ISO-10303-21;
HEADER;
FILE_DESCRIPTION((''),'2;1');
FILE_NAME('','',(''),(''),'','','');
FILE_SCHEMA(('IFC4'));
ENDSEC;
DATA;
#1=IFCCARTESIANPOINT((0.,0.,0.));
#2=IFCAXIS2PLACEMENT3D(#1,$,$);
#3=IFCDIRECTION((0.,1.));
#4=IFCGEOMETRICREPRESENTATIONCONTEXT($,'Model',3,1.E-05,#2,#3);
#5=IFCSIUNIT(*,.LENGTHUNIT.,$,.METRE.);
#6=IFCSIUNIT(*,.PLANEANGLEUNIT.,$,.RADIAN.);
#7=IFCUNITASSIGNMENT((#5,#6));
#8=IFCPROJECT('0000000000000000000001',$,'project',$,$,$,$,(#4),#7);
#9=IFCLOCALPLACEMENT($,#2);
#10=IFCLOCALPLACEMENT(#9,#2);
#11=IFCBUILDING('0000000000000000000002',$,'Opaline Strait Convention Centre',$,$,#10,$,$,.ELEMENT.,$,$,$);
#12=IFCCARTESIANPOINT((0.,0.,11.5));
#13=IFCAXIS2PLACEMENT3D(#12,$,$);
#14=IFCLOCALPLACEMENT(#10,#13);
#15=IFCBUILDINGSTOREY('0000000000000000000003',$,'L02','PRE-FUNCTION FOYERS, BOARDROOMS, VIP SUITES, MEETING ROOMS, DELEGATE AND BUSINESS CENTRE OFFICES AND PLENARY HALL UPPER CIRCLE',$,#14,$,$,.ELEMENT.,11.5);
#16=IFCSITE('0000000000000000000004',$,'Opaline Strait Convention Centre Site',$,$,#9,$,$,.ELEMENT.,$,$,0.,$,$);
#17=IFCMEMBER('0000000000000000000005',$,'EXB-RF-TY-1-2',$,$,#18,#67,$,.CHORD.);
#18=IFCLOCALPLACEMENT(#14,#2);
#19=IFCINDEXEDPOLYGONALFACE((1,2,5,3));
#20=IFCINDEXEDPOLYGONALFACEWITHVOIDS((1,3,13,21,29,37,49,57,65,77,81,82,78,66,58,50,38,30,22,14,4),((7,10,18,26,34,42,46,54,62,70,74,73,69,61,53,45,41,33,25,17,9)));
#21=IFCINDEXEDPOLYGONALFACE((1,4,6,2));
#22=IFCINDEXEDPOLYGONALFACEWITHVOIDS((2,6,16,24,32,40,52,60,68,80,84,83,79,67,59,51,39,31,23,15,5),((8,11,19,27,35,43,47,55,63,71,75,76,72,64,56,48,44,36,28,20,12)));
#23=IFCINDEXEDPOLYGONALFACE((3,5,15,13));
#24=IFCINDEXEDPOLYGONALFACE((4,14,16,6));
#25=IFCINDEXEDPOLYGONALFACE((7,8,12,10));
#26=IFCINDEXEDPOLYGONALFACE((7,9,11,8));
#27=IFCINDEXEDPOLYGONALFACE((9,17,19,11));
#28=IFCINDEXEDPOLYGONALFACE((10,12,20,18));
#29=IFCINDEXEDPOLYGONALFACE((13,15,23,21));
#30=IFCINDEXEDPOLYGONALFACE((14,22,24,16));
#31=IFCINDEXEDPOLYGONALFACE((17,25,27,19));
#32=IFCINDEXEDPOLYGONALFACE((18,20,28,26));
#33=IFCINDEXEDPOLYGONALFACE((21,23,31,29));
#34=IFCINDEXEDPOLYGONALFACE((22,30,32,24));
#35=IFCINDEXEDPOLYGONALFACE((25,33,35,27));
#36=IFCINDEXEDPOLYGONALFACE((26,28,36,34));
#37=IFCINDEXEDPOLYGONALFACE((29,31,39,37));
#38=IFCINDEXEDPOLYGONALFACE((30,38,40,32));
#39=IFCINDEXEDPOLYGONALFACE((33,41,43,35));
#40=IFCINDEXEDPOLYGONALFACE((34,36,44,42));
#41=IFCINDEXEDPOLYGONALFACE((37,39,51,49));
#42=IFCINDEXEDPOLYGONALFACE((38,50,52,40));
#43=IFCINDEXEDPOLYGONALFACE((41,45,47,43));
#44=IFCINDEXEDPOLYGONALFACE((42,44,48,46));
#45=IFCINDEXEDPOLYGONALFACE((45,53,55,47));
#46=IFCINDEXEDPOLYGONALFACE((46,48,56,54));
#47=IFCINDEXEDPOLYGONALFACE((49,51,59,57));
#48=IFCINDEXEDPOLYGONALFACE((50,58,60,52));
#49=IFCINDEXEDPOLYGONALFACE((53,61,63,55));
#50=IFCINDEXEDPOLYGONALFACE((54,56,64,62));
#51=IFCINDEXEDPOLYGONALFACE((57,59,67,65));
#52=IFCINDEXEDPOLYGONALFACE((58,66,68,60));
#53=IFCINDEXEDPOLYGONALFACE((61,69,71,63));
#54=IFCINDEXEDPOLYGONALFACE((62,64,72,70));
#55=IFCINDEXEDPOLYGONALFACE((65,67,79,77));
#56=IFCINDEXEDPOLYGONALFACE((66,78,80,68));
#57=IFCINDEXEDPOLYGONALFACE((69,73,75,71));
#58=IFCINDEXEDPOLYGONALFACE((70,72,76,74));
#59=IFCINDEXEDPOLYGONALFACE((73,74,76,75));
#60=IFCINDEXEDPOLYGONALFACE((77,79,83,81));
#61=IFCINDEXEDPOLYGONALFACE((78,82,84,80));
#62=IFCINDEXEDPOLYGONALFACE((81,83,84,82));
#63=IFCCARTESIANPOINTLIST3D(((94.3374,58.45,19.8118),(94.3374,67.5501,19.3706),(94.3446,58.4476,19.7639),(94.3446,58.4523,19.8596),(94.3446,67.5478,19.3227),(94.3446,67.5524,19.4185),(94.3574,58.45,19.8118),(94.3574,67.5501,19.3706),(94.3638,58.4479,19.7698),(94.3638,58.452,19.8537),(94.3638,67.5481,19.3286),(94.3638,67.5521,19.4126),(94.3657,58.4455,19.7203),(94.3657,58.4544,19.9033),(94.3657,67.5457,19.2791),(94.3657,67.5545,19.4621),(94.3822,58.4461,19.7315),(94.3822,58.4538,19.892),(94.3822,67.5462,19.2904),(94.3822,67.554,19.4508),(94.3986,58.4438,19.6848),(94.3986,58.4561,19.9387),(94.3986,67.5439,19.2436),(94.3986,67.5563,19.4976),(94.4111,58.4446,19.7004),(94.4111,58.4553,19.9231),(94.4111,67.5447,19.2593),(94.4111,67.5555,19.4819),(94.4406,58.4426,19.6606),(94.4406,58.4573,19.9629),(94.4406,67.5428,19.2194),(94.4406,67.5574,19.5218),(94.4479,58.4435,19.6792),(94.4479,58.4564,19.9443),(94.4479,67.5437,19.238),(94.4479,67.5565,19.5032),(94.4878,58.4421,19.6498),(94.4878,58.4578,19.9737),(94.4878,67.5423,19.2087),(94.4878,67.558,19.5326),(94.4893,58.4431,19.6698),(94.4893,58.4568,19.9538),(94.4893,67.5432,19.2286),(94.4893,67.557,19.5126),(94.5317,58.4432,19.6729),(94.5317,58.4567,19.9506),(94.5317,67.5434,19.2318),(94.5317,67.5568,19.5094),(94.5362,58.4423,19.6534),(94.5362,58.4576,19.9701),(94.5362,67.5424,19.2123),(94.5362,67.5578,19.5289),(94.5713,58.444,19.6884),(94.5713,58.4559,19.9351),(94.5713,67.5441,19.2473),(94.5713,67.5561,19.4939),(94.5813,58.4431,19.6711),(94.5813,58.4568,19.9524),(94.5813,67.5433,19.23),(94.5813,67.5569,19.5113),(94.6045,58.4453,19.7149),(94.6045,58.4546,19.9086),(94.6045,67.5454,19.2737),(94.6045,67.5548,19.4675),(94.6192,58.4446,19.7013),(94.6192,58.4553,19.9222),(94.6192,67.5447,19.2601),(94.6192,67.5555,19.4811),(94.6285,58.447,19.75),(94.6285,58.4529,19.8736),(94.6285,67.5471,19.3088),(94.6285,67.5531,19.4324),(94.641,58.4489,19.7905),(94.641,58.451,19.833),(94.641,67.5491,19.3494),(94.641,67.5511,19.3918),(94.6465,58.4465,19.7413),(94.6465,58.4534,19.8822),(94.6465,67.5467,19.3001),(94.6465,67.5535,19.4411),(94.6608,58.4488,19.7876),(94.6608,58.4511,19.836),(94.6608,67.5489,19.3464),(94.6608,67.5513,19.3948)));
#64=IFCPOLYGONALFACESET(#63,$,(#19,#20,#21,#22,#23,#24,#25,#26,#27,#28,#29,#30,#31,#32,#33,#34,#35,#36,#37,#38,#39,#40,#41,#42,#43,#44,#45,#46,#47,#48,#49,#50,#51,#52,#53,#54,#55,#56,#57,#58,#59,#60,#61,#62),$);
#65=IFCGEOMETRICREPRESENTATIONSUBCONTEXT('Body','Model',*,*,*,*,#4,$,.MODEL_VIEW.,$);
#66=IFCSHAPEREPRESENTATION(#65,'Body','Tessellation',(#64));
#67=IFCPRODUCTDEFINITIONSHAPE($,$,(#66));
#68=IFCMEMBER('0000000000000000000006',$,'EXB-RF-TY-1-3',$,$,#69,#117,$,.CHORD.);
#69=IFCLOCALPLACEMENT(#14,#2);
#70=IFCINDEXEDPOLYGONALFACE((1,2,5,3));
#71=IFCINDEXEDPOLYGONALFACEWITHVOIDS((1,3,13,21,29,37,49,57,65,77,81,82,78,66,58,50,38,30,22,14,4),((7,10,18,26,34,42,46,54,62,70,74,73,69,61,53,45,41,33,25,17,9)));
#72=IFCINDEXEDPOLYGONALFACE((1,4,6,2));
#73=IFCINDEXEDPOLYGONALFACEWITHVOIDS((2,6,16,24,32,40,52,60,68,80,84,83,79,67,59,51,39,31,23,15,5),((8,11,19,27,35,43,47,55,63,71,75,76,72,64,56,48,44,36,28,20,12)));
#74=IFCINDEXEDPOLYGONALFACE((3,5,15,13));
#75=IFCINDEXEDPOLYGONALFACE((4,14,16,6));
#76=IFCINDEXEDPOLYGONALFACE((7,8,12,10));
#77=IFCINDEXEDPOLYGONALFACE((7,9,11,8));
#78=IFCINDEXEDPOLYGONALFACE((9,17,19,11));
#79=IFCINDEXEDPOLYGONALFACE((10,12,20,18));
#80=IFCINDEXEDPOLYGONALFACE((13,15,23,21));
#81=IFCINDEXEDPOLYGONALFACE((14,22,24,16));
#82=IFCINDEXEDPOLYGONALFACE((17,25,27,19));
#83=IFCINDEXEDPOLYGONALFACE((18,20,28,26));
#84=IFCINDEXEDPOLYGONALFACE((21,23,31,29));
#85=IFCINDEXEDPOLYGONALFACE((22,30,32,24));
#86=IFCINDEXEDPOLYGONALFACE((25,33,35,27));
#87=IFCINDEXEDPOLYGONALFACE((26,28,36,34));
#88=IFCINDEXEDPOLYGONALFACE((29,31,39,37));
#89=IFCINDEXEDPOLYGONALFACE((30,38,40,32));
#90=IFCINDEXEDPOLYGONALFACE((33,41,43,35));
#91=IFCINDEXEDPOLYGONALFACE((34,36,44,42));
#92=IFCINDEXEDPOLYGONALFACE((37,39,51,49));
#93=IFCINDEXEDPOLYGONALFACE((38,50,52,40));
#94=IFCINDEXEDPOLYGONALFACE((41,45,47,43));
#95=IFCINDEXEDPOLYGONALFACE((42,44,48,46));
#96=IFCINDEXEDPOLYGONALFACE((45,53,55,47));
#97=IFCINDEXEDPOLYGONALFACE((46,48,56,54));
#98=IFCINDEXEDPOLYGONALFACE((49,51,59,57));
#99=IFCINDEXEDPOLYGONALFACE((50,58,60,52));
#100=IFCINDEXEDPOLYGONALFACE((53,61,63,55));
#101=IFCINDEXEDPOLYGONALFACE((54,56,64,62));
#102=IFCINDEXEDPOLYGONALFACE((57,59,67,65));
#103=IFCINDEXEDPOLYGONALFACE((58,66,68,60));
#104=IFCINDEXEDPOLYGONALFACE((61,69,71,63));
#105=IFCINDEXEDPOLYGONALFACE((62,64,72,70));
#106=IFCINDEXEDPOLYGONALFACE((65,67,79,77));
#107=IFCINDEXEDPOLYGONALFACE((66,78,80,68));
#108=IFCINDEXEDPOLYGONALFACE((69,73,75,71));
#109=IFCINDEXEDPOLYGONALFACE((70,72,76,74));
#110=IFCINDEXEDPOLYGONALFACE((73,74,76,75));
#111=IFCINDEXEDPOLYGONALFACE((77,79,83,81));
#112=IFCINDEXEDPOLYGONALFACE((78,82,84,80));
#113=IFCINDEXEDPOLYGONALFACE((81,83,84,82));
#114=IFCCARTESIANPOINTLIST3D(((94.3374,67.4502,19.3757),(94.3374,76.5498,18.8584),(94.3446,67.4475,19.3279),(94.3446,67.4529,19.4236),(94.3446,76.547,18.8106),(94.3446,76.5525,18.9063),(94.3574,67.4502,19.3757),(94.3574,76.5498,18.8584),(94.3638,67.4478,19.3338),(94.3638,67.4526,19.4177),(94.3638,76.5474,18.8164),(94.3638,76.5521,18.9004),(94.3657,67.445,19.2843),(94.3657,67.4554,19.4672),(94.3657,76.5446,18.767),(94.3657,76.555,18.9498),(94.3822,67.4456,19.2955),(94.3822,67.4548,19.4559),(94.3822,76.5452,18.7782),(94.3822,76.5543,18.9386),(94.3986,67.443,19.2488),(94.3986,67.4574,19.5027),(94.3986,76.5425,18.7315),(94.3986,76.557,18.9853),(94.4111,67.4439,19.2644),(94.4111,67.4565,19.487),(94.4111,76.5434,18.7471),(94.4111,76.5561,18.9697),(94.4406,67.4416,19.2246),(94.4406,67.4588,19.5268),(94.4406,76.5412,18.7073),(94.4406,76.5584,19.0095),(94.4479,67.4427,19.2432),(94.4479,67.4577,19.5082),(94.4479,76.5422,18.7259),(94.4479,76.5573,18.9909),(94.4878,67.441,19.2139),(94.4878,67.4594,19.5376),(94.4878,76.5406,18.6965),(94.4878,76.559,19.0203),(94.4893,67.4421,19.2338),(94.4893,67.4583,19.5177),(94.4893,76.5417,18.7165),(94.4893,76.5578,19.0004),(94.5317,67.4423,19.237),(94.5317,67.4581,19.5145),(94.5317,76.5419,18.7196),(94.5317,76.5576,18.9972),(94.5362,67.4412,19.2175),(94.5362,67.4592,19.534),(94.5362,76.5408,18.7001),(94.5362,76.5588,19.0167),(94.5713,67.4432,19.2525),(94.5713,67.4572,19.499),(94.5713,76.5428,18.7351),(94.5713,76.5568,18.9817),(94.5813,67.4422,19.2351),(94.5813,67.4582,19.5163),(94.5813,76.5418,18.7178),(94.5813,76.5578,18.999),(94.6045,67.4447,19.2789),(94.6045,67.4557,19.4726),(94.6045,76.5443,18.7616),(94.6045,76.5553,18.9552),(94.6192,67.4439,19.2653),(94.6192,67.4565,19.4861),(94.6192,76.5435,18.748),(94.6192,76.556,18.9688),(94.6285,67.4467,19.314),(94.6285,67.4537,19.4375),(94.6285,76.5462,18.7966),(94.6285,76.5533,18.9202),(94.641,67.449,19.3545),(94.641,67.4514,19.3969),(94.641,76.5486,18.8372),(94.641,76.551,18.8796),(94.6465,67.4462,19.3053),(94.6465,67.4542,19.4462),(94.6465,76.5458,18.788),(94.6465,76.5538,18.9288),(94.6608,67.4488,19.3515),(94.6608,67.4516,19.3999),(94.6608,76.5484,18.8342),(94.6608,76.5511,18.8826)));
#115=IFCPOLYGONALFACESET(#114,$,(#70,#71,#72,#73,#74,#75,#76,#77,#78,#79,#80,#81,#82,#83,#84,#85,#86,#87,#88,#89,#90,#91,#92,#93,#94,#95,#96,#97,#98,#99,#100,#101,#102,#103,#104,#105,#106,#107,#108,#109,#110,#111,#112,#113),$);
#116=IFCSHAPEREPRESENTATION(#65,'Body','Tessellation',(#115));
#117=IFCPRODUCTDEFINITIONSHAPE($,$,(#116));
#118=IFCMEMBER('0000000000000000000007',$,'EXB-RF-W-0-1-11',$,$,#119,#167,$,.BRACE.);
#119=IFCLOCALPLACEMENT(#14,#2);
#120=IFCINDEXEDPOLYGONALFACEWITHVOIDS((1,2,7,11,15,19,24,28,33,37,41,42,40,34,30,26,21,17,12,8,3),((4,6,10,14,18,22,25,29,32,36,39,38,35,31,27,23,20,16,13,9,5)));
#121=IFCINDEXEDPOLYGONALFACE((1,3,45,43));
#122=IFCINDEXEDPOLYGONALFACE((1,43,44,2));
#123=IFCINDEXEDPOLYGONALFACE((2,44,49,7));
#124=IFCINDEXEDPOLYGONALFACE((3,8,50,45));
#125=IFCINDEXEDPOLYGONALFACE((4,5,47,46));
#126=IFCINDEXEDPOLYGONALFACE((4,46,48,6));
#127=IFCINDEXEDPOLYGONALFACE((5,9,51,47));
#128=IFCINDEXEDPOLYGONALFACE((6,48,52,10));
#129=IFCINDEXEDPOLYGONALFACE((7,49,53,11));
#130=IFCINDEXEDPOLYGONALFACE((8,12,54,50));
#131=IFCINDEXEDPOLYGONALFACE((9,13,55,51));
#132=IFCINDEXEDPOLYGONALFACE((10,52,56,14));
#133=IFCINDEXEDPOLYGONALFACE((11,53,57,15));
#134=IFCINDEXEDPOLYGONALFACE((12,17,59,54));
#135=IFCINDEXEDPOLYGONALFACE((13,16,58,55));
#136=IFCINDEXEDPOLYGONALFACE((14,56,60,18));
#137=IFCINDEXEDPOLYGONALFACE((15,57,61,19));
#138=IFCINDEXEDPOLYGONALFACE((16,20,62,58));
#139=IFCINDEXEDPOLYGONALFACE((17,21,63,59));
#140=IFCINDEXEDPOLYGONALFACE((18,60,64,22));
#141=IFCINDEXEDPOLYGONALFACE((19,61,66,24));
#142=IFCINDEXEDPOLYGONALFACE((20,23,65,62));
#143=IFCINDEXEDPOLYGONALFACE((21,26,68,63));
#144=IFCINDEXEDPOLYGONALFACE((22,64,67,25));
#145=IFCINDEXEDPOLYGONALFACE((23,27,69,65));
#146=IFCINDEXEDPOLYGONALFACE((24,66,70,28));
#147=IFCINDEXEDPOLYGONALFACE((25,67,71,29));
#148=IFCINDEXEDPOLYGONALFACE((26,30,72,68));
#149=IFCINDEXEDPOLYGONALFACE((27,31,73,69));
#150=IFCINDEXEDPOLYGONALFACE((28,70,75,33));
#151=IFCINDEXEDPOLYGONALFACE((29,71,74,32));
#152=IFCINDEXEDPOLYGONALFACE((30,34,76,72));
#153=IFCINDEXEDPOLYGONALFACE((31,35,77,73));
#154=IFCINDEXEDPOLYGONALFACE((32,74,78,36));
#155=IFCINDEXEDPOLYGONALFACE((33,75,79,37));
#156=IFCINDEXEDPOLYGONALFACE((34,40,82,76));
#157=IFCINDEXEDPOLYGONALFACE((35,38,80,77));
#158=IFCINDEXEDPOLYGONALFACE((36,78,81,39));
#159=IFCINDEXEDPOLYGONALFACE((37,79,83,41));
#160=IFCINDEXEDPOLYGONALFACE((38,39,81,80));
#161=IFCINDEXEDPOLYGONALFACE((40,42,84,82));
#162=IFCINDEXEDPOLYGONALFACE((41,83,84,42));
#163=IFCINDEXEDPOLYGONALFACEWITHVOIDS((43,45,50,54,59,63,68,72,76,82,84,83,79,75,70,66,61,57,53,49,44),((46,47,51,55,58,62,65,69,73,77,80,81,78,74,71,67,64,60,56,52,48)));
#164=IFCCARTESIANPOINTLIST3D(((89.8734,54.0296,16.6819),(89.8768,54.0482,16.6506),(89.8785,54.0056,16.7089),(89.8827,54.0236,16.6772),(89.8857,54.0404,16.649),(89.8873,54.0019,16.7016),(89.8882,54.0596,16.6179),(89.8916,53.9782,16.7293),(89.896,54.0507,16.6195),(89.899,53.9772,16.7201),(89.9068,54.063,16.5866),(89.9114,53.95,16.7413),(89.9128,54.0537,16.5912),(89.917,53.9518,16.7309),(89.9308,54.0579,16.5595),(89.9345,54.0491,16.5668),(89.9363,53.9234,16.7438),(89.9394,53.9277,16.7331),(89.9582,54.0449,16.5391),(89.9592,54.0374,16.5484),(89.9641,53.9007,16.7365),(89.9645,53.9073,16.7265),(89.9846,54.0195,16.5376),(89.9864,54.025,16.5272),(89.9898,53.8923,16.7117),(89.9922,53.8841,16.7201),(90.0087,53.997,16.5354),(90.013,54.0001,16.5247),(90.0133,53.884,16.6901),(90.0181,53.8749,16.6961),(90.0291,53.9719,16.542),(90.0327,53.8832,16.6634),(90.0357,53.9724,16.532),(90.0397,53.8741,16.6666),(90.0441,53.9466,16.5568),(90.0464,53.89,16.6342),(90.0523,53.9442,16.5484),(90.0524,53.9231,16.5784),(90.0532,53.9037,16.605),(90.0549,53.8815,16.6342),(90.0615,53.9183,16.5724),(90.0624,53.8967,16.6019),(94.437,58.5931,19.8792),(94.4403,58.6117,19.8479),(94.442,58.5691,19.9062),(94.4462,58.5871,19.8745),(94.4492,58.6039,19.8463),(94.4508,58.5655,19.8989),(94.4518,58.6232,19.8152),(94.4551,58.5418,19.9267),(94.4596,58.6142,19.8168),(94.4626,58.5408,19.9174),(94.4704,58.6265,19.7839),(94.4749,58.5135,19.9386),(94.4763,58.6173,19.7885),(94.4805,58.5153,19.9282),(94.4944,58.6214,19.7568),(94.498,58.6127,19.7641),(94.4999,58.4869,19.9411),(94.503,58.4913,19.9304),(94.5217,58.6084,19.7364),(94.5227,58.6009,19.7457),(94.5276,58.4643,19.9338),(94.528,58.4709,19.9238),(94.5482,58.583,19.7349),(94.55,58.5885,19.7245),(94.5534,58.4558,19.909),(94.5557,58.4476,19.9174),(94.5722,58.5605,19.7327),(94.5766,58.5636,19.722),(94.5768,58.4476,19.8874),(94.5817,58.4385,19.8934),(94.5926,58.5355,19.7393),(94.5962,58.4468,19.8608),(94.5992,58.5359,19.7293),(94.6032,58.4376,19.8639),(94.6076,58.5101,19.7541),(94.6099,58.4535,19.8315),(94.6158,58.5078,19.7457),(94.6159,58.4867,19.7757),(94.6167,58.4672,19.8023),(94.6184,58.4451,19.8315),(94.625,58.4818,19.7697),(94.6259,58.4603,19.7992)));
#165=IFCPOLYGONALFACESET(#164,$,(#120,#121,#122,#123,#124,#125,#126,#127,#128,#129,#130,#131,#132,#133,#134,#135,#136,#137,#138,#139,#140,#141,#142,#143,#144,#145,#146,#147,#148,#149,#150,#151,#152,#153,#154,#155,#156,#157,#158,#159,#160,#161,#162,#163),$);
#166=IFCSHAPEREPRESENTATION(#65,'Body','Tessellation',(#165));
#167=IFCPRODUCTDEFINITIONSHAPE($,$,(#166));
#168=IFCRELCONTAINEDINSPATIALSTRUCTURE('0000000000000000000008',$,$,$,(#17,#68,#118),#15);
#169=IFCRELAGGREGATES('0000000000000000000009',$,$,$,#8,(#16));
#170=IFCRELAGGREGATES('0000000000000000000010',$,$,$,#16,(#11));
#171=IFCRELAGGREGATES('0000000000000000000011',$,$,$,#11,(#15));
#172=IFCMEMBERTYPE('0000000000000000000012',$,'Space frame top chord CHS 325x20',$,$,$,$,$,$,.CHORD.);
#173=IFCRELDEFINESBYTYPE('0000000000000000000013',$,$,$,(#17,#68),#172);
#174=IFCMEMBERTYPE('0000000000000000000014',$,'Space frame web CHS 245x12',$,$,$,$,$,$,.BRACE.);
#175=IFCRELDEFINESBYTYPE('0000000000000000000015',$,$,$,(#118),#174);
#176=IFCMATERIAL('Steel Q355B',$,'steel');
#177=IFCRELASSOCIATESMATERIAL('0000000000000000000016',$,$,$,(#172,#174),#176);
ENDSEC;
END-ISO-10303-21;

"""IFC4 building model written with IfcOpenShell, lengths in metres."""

from ifc_helpers import new_model, si_unit, direction, frame, origin, origin_2d, place, context, subcontext, project, spatial, hollow_circle, extrude, material, material_profile, profile_set, type_object, element, save


model = new_model("IFC4")

# Units and contexts
model_context = context("Model", 3, precision=1e-05, world=origin(), true_north=direction((0.0, 1.0)))
body_context = subcontext(model_context, "Body", "Model", "MODEL_VIEW")
ifc_project = project(units=[si_unit("LENGTHUNIT", "METRE"), si_unit("PLANEANGLEUNIT", "RADIAN")], contexts=[model_context])

# Site, building, storey
site_placement = place(None, origin())
site = spatial("IfcSite", under=ifc_project, at=site_placement, Name="Opaline Strait Convention Centre Site", CompositionType="ELEMENT", RefElevation=0.0)
building_placement = place(site_placement, origin())
building = spatial("IfcBuilding", under=site, at=building_placement, Name="Opaline Strait Convention Centre", CompositionType="ELEMENT")
storey_placement = place(building_placement, frame((0.0, 0.0, 11.5)))
storey = spatial("IfcBuildingStorey", under=building, at=storey_placement, Name="L02", Description="PRE-FUNCTION FOYERS, BOARDROOMS, VIP SUITES, MEETING ROOMS, DELEGATE AND BUSINESS CENTRE OFFICES AND PLENARY HALL UPPER CIRCLE", CompositionType="ELEMENT", Elevation=11.5)

# Members
ifc_material_1 = material(Name="Steel Q355B", Category="steel")
ifc_material_profile_1 = material_profile(ifc_material_1, hollow_circle(Radius=0.1626, WallThickness=0.02, at=origin_2d()), Name="CHS 325x20")
ifc_profile_set_1 = profile_set([ifc_material_profile_1], Name="Steel Q355B")
member_type_1 = type_object("IfcMemberType", Name="Space frame top chord CHS 325x20", PredefinedType="CHORD", material=ifc_profile_set_1)
member_1_placement = place(storey_placement, frame((94.5, 58.45, 19.8118), z_axis=(0.0, 0.998827, -0.048422), x_axis=(-1.0, 0.0, 0.0)))
element("IfcMember", 1, at=member_1_placement, inside=storey, type_object=member_type_1, Name="EXB-RF-TY-1-2", PredefinedType="CHORD", context=body_context, shape_type="SweptSolid", body=[
    extrude(hollow_circle(Radius=0.1626, WallThickness=0.02, at=origin_2d()), origin(), (0.0, 0.0, 1.0), 9.1108),
])
member_2_placement = place(storey_placement, frame((94.5, 67.4502, 19.3757), z_axis=(0.0, 0.998388, -0.056761), x_axis=(-1.0, 0.0, 0.0)))
element("IfcMember", 2, at=member_2_placement, inside=storey, type_object=member_type_1, Name="EXB-RF-TY-1-3", PredefinedType="CHORD", context=body_context, shape_type="SweptSolid", body=[
    extrude(hollow_circle(Radius=0.1626, WallThickness=0.02, at=origin_2d()), origin(), (0.0, 0.0, 1.0), 9.1143),
])
ifc_material_profile_2 = material_profile(ifc_material_1, hollow_circle(Radius=0.1226, WallThickness=0.012, at=origin_2d()), Name="CHS 245x12")
ifc_profile_set_2 = profile_set([ifc_material_profile_2], Name="Steel Q355B")
member_type_2 = type_object("IfcMemberType", Name="Space frame web CHS 245x12", PredefinedType="BRACE", material=ifc_profile_set_2)
member_3_placement = place(storey_placement, frame((94.5317, 58.5317, 19.8315), z_axis=(-0.633614, -0.633614, -0.443923), x_axis=(0.707107, -0.707107, 0.0)))
element("IfcMember", 3, at=member_3_placement, inside=storey, type_object=member_type_2, Name="EXB-RF-W-0-1-11", PredefinedType="BRACE", context=body_context, shape_type="SweptSolid", body=[
    extrude(hollow_circle(Radius=0.1226, WallThickness=0.012, at=origin_2d()), origin(), (0.0, 0.0, 1.0), 7.2024),
])

save(model, "model.ifc")
